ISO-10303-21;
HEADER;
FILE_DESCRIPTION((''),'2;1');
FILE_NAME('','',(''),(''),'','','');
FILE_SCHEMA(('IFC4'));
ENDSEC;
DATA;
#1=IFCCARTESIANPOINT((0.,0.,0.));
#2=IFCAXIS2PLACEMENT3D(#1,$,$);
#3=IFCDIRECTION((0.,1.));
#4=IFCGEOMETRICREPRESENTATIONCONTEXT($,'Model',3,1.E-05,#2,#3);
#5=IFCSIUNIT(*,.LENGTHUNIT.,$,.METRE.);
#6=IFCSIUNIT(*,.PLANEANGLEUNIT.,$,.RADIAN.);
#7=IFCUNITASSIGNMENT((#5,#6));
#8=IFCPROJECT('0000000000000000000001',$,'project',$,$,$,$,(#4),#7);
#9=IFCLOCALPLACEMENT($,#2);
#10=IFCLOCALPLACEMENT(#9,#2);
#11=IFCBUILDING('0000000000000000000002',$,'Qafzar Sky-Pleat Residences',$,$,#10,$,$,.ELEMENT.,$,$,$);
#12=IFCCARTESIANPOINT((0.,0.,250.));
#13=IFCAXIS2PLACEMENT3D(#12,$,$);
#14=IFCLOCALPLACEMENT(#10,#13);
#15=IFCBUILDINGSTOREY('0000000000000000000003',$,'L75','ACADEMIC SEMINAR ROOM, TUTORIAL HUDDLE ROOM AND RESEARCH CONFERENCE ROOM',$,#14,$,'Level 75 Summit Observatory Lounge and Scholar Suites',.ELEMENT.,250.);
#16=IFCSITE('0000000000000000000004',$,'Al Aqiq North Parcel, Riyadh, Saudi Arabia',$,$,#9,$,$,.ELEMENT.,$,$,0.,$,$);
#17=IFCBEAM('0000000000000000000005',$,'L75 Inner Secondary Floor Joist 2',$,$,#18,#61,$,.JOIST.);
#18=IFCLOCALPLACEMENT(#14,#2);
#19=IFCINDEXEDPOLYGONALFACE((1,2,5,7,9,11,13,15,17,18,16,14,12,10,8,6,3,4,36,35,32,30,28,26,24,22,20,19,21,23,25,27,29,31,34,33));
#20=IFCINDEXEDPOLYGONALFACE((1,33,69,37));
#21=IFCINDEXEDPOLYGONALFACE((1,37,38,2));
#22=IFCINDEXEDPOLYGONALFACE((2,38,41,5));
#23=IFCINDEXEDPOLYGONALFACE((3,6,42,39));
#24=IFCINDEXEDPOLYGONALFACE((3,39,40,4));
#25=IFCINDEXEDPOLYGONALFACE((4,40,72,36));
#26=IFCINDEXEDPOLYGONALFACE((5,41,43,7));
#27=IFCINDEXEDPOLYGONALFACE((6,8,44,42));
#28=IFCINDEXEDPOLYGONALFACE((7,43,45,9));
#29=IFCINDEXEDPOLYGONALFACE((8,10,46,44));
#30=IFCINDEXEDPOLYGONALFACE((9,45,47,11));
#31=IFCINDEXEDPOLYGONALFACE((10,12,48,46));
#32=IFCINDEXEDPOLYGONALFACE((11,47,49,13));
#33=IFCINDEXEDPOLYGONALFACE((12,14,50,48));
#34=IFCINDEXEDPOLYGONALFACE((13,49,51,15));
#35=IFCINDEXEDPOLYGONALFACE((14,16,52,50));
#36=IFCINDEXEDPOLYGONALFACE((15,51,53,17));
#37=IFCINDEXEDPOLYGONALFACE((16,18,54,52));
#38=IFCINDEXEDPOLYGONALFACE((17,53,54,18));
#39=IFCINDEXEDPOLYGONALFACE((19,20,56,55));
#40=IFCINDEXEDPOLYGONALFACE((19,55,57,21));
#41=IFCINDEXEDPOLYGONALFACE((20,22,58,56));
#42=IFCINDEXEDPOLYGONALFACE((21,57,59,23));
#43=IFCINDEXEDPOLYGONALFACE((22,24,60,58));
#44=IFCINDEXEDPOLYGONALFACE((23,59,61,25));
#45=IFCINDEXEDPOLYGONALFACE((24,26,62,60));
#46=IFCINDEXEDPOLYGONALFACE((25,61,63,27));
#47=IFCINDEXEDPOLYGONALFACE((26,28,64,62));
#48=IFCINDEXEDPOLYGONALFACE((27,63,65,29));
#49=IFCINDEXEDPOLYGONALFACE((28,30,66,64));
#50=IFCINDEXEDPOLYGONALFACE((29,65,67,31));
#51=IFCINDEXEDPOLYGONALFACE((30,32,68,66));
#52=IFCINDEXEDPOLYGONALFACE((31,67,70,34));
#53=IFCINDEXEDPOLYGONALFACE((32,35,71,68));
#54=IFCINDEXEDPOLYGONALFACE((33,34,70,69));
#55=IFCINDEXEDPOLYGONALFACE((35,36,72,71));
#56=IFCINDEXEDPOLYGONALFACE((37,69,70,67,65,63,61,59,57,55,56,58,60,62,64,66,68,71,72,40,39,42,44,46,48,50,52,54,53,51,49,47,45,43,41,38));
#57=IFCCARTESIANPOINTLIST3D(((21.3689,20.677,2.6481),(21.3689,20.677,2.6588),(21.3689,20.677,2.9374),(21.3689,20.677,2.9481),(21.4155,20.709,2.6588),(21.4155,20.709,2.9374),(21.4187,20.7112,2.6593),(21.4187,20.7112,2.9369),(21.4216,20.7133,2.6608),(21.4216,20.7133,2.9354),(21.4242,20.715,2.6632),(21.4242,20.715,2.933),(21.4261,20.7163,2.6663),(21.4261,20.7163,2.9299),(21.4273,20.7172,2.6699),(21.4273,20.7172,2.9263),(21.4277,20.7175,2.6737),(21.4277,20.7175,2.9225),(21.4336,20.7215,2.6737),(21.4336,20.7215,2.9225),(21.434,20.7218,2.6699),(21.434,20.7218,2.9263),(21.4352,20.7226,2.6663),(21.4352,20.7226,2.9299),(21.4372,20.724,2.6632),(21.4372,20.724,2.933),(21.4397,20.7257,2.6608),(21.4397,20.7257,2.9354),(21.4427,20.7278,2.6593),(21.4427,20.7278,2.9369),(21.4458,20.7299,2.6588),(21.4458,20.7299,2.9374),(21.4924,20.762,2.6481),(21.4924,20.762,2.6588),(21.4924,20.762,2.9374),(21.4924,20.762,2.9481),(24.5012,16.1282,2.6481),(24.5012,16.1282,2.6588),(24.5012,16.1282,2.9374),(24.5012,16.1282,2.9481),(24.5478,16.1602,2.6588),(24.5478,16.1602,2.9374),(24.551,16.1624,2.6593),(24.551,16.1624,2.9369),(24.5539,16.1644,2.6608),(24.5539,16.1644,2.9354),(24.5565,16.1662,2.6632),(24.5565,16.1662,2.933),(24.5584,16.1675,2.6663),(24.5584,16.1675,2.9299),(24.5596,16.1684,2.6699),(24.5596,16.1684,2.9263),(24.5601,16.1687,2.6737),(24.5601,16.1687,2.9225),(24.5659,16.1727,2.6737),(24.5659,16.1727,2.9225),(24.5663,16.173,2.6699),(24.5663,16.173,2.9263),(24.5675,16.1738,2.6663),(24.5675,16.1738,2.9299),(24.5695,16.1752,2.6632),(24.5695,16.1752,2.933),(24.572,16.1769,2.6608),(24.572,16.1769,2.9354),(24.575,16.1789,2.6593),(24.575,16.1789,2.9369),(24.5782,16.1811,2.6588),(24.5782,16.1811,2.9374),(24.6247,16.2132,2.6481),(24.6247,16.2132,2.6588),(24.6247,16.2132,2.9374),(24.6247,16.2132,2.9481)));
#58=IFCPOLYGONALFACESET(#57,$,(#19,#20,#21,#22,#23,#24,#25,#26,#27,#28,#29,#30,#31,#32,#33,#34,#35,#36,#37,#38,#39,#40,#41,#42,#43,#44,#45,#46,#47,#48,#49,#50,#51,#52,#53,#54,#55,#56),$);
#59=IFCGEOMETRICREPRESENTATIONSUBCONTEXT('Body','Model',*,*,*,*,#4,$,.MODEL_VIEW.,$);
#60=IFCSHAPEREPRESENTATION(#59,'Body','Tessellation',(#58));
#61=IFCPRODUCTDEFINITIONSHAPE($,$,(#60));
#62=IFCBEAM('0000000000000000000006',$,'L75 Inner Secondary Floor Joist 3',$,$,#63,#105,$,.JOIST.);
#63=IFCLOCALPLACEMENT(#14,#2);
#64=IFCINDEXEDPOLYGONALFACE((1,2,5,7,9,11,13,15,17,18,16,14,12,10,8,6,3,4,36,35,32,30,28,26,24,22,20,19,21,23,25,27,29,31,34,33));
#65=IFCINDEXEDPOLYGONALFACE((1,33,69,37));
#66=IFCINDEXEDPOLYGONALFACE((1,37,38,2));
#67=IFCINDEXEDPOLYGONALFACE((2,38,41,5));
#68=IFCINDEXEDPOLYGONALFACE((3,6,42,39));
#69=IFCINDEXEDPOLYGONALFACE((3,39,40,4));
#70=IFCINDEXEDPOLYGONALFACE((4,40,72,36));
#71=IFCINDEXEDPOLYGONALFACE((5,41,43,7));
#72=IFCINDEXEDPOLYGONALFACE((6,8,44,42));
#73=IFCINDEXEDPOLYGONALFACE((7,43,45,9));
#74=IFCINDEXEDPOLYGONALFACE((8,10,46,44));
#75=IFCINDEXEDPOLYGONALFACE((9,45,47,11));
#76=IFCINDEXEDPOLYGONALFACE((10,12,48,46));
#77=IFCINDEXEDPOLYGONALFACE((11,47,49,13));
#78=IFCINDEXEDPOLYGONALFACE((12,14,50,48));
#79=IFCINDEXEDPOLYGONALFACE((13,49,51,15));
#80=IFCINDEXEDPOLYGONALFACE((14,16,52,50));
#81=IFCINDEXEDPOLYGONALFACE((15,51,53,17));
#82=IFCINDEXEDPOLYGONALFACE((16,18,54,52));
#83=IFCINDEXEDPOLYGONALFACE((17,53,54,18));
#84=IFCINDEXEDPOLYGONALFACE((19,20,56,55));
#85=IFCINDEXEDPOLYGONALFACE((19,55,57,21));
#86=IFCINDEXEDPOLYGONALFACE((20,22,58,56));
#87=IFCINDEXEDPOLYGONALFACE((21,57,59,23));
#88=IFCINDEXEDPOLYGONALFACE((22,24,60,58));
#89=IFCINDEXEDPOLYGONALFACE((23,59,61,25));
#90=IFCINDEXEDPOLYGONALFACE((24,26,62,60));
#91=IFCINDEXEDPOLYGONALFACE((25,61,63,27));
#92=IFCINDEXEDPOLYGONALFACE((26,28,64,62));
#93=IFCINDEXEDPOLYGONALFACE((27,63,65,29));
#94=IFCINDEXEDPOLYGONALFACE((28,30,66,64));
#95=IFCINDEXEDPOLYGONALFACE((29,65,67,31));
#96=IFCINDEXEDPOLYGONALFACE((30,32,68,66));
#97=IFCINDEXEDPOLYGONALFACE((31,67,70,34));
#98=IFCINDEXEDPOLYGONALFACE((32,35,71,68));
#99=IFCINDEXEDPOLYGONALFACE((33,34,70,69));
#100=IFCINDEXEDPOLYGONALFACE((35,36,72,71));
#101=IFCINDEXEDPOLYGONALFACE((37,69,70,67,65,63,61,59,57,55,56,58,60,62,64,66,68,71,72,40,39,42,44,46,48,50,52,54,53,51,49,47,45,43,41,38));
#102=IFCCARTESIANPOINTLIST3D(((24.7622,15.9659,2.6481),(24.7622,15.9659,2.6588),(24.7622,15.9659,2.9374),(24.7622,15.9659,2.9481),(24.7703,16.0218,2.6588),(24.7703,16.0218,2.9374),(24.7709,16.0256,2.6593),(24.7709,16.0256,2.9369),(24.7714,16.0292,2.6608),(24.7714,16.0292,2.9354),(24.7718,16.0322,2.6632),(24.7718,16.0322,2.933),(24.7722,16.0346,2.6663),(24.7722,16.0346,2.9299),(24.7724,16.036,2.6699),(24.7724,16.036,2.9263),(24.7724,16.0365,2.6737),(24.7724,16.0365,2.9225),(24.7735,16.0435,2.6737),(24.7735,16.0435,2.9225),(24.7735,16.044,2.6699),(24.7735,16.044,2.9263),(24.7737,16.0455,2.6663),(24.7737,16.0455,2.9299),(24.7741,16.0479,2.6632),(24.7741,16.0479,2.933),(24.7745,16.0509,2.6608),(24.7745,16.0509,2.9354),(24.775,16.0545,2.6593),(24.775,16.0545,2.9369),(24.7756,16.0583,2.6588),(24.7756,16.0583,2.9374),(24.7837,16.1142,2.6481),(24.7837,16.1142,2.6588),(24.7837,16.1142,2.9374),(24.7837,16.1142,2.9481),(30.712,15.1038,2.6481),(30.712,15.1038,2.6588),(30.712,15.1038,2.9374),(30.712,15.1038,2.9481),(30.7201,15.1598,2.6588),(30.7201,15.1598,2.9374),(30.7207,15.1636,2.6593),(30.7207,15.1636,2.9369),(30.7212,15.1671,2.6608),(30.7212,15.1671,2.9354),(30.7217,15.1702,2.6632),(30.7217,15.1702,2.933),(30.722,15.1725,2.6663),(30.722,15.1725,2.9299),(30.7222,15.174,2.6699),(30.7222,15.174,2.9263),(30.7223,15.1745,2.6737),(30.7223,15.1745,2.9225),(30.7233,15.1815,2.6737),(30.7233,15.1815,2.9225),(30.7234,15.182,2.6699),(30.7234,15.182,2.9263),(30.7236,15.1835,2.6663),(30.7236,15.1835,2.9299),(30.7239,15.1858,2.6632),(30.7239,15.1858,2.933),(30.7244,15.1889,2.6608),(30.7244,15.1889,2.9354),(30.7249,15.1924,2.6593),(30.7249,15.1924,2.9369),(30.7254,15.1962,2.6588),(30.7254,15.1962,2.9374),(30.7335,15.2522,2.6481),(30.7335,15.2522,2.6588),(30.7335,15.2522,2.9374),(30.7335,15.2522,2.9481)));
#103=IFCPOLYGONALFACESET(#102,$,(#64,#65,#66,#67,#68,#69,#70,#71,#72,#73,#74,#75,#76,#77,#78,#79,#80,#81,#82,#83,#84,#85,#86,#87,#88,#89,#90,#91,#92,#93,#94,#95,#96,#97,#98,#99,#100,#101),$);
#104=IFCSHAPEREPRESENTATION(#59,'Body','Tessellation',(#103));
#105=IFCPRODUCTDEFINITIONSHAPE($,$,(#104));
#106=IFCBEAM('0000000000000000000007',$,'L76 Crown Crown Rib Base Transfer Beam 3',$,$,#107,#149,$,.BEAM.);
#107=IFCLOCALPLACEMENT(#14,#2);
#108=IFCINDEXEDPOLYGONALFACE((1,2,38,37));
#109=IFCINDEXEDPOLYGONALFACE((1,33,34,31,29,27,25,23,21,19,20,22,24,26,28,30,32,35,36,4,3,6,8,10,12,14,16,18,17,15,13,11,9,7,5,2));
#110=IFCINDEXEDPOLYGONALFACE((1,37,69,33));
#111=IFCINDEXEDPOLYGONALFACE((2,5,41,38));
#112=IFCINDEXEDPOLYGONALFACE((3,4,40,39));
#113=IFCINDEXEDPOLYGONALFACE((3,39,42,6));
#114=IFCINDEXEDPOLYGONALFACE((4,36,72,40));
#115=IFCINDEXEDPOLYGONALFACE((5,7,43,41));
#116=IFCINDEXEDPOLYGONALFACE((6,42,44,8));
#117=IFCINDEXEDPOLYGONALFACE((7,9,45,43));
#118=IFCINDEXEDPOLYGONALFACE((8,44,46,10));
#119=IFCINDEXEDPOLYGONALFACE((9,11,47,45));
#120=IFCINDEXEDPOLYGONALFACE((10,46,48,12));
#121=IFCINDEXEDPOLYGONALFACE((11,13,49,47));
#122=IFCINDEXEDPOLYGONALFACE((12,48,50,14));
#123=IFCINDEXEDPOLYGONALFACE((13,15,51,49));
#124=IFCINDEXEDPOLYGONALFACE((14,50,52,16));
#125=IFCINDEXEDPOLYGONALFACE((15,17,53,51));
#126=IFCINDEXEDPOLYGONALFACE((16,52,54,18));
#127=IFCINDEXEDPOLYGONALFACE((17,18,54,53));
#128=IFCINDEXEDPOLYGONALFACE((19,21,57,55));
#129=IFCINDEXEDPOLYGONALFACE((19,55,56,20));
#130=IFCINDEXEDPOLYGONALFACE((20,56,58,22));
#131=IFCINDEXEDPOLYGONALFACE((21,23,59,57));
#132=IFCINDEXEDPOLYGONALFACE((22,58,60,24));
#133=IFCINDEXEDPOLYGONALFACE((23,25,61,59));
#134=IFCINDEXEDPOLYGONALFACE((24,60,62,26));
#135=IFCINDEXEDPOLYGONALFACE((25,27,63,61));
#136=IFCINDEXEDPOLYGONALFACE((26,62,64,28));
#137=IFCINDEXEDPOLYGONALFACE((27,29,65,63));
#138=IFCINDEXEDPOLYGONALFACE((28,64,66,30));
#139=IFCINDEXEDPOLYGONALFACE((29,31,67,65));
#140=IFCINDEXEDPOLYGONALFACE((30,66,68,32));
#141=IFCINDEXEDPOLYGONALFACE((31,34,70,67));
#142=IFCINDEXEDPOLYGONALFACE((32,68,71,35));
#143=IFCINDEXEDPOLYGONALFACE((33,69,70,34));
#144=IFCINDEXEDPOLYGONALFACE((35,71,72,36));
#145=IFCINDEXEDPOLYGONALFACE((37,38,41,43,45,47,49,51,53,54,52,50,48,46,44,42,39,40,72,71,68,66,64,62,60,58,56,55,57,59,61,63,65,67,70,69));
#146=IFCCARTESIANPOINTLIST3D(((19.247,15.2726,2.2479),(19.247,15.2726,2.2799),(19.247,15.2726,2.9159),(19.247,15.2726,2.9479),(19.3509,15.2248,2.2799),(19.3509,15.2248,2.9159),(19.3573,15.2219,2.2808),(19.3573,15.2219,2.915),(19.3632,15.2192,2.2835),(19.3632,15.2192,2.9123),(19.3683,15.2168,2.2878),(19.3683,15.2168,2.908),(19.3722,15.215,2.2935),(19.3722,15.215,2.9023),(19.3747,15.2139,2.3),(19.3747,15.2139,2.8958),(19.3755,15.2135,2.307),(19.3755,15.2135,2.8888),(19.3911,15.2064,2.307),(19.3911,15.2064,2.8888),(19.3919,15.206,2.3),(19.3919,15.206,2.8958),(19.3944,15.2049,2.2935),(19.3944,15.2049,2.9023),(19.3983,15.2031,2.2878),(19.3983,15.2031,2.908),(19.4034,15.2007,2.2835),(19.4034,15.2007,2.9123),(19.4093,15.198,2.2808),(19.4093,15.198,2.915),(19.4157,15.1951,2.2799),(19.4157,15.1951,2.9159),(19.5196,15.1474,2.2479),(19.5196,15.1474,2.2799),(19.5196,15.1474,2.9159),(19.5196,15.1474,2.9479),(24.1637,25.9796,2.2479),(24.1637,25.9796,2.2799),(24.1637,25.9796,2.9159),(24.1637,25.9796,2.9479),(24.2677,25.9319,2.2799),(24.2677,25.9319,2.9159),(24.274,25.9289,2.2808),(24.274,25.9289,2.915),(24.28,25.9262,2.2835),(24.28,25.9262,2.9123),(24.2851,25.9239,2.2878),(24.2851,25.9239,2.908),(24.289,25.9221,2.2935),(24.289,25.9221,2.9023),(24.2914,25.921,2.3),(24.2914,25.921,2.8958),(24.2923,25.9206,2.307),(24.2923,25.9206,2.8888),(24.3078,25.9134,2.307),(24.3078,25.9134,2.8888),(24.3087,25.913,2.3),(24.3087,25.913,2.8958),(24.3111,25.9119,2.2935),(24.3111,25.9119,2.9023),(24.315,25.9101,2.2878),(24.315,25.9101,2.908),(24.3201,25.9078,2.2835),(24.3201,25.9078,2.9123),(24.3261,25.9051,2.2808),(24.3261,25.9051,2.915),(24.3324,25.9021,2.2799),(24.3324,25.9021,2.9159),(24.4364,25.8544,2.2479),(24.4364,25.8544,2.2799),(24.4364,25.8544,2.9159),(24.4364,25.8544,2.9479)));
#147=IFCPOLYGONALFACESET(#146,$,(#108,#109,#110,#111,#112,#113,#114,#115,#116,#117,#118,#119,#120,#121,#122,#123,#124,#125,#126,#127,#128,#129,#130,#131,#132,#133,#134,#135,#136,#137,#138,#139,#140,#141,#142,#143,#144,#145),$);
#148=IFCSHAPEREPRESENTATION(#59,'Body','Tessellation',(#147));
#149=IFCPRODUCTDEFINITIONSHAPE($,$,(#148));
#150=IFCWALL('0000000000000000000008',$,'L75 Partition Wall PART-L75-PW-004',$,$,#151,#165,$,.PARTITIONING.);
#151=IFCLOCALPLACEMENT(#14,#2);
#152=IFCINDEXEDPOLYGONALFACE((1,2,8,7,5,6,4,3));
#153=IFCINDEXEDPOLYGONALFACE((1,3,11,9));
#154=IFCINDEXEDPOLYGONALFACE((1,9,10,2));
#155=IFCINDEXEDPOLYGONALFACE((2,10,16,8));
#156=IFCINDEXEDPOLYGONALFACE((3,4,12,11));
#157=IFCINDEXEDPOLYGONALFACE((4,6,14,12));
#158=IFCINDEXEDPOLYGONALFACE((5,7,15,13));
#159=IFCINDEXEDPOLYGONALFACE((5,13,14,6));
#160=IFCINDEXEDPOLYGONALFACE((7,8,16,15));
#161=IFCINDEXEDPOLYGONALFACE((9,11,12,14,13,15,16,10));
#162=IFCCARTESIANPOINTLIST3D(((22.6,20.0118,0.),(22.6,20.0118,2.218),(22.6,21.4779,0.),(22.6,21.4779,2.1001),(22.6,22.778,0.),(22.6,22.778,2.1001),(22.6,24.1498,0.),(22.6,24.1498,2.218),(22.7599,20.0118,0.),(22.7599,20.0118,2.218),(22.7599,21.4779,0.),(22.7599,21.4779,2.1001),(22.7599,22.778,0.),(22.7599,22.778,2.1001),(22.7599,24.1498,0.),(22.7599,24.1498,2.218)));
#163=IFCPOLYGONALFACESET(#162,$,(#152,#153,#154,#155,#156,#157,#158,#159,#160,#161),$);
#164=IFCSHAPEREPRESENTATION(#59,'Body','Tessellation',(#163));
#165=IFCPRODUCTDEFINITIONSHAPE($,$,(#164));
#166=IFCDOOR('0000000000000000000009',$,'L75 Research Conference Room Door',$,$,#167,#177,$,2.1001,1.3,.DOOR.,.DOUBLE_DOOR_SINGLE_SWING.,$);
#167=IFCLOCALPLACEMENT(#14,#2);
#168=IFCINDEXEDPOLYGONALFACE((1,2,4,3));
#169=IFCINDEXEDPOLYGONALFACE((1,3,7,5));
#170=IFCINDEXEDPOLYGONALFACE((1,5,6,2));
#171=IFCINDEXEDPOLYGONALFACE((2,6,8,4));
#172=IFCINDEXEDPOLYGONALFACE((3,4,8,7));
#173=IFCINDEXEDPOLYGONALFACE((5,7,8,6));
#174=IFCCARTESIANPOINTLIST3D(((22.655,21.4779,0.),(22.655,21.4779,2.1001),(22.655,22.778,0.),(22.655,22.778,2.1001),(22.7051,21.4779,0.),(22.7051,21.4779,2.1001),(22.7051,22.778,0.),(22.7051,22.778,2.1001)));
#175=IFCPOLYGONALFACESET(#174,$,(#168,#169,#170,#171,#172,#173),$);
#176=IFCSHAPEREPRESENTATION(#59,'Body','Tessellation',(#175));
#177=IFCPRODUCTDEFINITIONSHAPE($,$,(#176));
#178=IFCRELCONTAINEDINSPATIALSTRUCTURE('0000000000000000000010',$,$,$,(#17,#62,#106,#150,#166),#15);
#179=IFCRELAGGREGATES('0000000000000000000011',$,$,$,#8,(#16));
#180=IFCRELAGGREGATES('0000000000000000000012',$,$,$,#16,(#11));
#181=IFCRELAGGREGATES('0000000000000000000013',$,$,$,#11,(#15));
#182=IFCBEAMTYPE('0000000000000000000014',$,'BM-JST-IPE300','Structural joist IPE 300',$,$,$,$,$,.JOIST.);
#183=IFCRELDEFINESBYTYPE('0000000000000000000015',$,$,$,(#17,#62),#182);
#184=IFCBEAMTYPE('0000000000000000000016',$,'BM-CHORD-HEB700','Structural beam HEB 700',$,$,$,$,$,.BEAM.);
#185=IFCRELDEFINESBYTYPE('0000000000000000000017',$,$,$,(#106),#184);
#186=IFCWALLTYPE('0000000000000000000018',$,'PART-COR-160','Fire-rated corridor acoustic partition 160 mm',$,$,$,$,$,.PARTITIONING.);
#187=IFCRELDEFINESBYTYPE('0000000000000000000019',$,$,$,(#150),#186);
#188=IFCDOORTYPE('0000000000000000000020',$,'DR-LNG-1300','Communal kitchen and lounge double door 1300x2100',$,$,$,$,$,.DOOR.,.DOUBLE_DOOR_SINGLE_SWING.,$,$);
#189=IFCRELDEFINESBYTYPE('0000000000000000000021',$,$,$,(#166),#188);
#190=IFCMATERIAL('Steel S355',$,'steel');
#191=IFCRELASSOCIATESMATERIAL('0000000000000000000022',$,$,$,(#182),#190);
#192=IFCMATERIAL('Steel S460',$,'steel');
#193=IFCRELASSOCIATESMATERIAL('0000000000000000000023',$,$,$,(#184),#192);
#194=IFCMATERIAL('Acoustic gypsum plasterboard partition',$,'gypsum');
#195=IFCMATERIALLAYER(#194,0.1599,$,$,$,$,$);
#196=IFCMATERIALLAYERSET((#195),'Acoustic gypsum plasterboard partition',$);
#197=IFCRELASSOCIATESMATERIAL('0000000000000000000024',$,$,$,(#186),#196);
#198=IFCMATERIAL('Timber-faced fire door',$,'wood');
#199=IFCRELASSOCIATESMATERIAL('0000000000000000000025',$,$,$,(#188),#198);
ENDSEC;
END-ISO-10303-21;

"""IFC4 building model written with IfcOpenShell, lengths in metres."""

from ifc_helpers import new_model, si_unit, direction, frame, frame_2d, origin, origin_2d, place, context, subcontext, project, spatial, rectangle, i_section, extrude, source, transform, mapped, material, layer, layer_set, material_profile, profile_set, type_object, element, fill, save


model = new_model("IFC4")

# Units and contexts
model_context = context("Model", 3, precision=1e-05, world=origin(), true_north=direction((0.0, 1.0)))
body_context = subcontext(model_context, "Body", "Model", "MODEL_VIEW")
ifc_project = project(units=[si_unit("LENGTHUNIT", "METRE"), si_unit("PLANEANGLEUNIT", "RADIAN")], contexts=[model_context])

# Site, building, storey
site_placement = place(None, origin())
site = spatial("IfcSite", under=ifc_project, at=site_placement, Name="Al Aqiq North Parcel, Riyadh, Saudi Arabia", CompositionType="ELEMENT", RefElevation=0.0)
building_placement = place(site_placement, origin())
building = spatial("IfcBuilding", under=site, at=building_placement, Name="Qafzar Sky-Pleat Residences", CompositionType="ELEMENT")
storey_placement = place(building_placement, frame((0.0, 0.0, 250.0)))
storey = spatial("IfcBuildingStorey", under=building, at=storey_placement, Name="L75", Description="ACADEMIC SEMINAR ROOM, TUTORIAL HUDDLE ROOM AND RESEARCH CONFERENCE ROOM", LongName="Level 75 Summit Observatory Lounge and Scholar Suites", CompositionType="ELEMENT", Elevation=250.0)

# Beams
ifc_material_1 = material(Name="Steel S355", Category="steel")
ifc_material_profile_1 = material_profile(ifc_material_1, i_section(OverallWidth=0.1499, OverallDepth=0.3, WebThickness=0.0071, FlangeThickness=0.0107, FilletRadius=0.0149, at=origin_2d()), Name="IPE 300")
ifc_profile_set_1 = profile_set([ifc_material_profile_1], Name="Steel S355")
beam_type_1 = type_object("IfcBeamType", Name="BM-JST-IPE300", Description="Structural joist IPE 300", PredefinedType="JOIST", material=ifc_profile_set_1)
shared_shape_1 = source(origin(), body_context, "Body", "SweptSolid", [
    extrude(i_section(OverallWidth=0.1499, OverallDepth=0.3, WebThickness=0.0071, FlangeThickness=0.0107, FilletRadius=0.0149, at=origin_2d()), origin(), (0.0, 0.0, 1.0), 5.5229),
])
beam_1_placement = place(storey_placement, frame((21.4307, 20.7195, 2.7981), z_axis=(0.567144, -0.823619, 0.0), x_axis=(0.823619, 0.567144, 0.0)))
element("IfcBeam", 1, at=beam_1_placement, inside=storey, type_object=beam_type_1, Name="L75 Inner Secondary Floor Joist 2", PredefinedType="JOIST", context=body_context, shape_type="MappedRepresentation", body=[
    mapped(shared_shape_1, transform((0.0, 0.0, 0.0), x_axis=(1.0, 0.0, 0.0), y_axis=(0.0, 1.0, 0.0), z_axis=(0.0, 0.0, 1.0), scale=1.0)),
])
shared_shape_2 = source(origin(), body_context, "Body", "SweptSolid", [
    extrude(i_section(OverallWidth=0.1499, OverallDepth=0.3, WebThickness=0.0071, FlangeThickness=0.0107, FilletRadius=0.0149, at=origin_2d()), origin(), (0.0, 0.0, 1.0), 6.012),
])
beam_2_placement = place(storey_placement, frame((24.7729, 16.04, 2.7981), z_axis=(0.989667, -0.143388, 0.0), x_axis=(0.143388, 0.989667, 0.0)))
element("IfcBeam", 2, at=beam_2_placement, inside=storey, type_object=beam_type_1, Name="L75 Inner Secondary Floor Joist 3", PredefinedType="JOIST", context=body_context, shape_type="MappedRepresentation", body=[
    mapped(shared_shape_2, transform((0.0, 0.0, 0.0), x_axis=(1.0, 0.0, 0.0), y_axis=(0.0, 1.0, 0.0), z_axis=(0.0, 0.0, 1.0), scale=1.0)),
])
ifc_material_2 = material(Name="Steel S460", Category="steel")
ifc_material_profile_2 = material_profile(ifc_material_2, i_section(OverallWidth=0.3, OverallDepth=0.7, WebThickness=0.0171, FlangeThickness=0.032, FilletRadius=0.0271, at=origin_2d()), Name="HEB 700")
ifc_profile_set_2 = profile_set([ifc_material_profile_2], Name="Steel S460")
beam_type_2 = type_object("IfcBeamType", Name="BM-CHORD-HEB700", Description="Structural beam HEB 700", PredefinedType="BEAM", material=ifc_profile_set_2)
shared_shape_3 = source(origin(), body_context, "Body", "SweptSolid", [
    extrude(i_section(OverallWidth=0.3, OverallDepth=0.7, WebThickness=0.0171, FlangeThickness=0.032, FilletRadius=0.0271, at=origin_2d()), origin(), (0.0, 0.0, 1.0), 11.782),
])
beam_3_placement = place(storey_placement, frame((19.3833, 15.21, 2.5979), z_axis=(0.417311, 0.908764, 0.0), x_axis=(-0.908764, 0.417311, 0.0)))
element("IfcBeam", 3, at=beam_3_placement, inside=storey, type_object=beam_type_2, Name="L76 Crown Crown Rib Base Transfer Beam 3", PredefinedType="BEAM", context=body_context, shape_type="MappedRepresentation", body=[
    mapped(shared_shape_3, transform((0.0, 0.0, 0.0), x_axis=(1.0, 0.0, 0.0), y_axis=(0.0, 1.0, 0.0), z_axis=(0.0, 0.0, 1.0), scale=1.0)),
])

# Wall, opening, door
ifc_material_3 = material(Name="Acoustic gypsum plasterboard partition", Category="gypsum")
ifc_layer_1 = layer(ifc_material_3, 0.1599)
ifc_layer_set_1 = layer_set([ifc_layer_1], Name="Acoustic gypsum plasterboard partition")
wall_type_1 = type_object("IfcWallType", Name="PART-COR-160", Description="Fire-rated corridor acoustic partition 160 mm", PredefinedType="PARTITIONING", material=ifc_layer_set_1)
wall_1_placement = place(storey_placement, frame((22.6799, 20.012, 0.0), z_axis=(0.0, 0.0, 1.0), x_axis=(0.0, 1.0, 0.0)))
wall_1 = element("IfcWall", 4, at=wall_1_placement, inside=storey, type_object=wall_type_1, Name="L75 Partition Wall PART-L75-PW-004", PredefinedType="PARTITIONING", context=body_context, shape_type="SweptSolid", body=[
    extrude(rectangle(XDim=4.1379, YDim=0.1599, at=frame_2d((2.0688, 0.0))), origin(), (0.0, 0.0, 1.0), 2.218),
])
opening_1_placement = place(wall_1_placement, frame((1.4661, 0.0, 0.0)))
opening_1 = element("IfcOpeningElement", 5, at=opening_1_placement, cuts=wall_1, PredefinedType="OPENING", context=body_context, shape_type="SweptSolid", body=[
    extrude(rectangle(XDim=1.3, YDim=2.1001, at=frame_2d((0.6499, 1.05))), frame((0.0, 0.0898, 0.0), z_axis=(0.0, -1.0, 0.0), x_axis=(1.0, 0.0, 0.0)), (0.0, 0.0, 1.0), 0.1799),
])
ifc_material_4 = material(Name="Timber-faced fire door", Category="wood")
door_type_1 = type_object("IfcDoorType", Name="DR-LNG-1300", Description="Communal kitchen and lounge double door 1300x2100", OperationType="DOUBLE_DOOR_SINGLE_SWING", PredefinedType="DOOR", material=ifc_material_4)
shared_shape_4 = source(origin(), body_context, "Body", "SweptSolid", [
    extrude(rectangle(XDim=1.3, YDim=2.1001, at=frame_2d((0.6499, 1.05))), frame((0.0, 0.0249, 0.0), z_axis=(0.0, -1.0, 0.0), x_axis=(1.0, 0.0, 0.0)), (0.0, 0.0, 1.0), 0.05),
])
door_1_placement = place(opening_1_placement, origin())
door_1 = element("IfcDoor", 6, at=door_1_placement, inside=storey, type_object=door_type_1, Name="L75 Research Conference Room Door", OperationType="DOUBLE_DOOR_SINGLE_SWING", OverallHeight=2.1001, OverallWidth=1.3, PredefinedType="DOOR", context=body_context, shape_type="MappedRepresentation", body=[
    mapped(shared_shape_4, transform((0.0, 0.0, 0.0), x_axis=(1.0, 0.0, 0.0), y_axis=(0.0, 1.0, 0.0), z_axis=(0.0, 0.0, 1.0), scale=1.0)),
])
fill(opening_1, door_1)

save(model, "model.ifc")
